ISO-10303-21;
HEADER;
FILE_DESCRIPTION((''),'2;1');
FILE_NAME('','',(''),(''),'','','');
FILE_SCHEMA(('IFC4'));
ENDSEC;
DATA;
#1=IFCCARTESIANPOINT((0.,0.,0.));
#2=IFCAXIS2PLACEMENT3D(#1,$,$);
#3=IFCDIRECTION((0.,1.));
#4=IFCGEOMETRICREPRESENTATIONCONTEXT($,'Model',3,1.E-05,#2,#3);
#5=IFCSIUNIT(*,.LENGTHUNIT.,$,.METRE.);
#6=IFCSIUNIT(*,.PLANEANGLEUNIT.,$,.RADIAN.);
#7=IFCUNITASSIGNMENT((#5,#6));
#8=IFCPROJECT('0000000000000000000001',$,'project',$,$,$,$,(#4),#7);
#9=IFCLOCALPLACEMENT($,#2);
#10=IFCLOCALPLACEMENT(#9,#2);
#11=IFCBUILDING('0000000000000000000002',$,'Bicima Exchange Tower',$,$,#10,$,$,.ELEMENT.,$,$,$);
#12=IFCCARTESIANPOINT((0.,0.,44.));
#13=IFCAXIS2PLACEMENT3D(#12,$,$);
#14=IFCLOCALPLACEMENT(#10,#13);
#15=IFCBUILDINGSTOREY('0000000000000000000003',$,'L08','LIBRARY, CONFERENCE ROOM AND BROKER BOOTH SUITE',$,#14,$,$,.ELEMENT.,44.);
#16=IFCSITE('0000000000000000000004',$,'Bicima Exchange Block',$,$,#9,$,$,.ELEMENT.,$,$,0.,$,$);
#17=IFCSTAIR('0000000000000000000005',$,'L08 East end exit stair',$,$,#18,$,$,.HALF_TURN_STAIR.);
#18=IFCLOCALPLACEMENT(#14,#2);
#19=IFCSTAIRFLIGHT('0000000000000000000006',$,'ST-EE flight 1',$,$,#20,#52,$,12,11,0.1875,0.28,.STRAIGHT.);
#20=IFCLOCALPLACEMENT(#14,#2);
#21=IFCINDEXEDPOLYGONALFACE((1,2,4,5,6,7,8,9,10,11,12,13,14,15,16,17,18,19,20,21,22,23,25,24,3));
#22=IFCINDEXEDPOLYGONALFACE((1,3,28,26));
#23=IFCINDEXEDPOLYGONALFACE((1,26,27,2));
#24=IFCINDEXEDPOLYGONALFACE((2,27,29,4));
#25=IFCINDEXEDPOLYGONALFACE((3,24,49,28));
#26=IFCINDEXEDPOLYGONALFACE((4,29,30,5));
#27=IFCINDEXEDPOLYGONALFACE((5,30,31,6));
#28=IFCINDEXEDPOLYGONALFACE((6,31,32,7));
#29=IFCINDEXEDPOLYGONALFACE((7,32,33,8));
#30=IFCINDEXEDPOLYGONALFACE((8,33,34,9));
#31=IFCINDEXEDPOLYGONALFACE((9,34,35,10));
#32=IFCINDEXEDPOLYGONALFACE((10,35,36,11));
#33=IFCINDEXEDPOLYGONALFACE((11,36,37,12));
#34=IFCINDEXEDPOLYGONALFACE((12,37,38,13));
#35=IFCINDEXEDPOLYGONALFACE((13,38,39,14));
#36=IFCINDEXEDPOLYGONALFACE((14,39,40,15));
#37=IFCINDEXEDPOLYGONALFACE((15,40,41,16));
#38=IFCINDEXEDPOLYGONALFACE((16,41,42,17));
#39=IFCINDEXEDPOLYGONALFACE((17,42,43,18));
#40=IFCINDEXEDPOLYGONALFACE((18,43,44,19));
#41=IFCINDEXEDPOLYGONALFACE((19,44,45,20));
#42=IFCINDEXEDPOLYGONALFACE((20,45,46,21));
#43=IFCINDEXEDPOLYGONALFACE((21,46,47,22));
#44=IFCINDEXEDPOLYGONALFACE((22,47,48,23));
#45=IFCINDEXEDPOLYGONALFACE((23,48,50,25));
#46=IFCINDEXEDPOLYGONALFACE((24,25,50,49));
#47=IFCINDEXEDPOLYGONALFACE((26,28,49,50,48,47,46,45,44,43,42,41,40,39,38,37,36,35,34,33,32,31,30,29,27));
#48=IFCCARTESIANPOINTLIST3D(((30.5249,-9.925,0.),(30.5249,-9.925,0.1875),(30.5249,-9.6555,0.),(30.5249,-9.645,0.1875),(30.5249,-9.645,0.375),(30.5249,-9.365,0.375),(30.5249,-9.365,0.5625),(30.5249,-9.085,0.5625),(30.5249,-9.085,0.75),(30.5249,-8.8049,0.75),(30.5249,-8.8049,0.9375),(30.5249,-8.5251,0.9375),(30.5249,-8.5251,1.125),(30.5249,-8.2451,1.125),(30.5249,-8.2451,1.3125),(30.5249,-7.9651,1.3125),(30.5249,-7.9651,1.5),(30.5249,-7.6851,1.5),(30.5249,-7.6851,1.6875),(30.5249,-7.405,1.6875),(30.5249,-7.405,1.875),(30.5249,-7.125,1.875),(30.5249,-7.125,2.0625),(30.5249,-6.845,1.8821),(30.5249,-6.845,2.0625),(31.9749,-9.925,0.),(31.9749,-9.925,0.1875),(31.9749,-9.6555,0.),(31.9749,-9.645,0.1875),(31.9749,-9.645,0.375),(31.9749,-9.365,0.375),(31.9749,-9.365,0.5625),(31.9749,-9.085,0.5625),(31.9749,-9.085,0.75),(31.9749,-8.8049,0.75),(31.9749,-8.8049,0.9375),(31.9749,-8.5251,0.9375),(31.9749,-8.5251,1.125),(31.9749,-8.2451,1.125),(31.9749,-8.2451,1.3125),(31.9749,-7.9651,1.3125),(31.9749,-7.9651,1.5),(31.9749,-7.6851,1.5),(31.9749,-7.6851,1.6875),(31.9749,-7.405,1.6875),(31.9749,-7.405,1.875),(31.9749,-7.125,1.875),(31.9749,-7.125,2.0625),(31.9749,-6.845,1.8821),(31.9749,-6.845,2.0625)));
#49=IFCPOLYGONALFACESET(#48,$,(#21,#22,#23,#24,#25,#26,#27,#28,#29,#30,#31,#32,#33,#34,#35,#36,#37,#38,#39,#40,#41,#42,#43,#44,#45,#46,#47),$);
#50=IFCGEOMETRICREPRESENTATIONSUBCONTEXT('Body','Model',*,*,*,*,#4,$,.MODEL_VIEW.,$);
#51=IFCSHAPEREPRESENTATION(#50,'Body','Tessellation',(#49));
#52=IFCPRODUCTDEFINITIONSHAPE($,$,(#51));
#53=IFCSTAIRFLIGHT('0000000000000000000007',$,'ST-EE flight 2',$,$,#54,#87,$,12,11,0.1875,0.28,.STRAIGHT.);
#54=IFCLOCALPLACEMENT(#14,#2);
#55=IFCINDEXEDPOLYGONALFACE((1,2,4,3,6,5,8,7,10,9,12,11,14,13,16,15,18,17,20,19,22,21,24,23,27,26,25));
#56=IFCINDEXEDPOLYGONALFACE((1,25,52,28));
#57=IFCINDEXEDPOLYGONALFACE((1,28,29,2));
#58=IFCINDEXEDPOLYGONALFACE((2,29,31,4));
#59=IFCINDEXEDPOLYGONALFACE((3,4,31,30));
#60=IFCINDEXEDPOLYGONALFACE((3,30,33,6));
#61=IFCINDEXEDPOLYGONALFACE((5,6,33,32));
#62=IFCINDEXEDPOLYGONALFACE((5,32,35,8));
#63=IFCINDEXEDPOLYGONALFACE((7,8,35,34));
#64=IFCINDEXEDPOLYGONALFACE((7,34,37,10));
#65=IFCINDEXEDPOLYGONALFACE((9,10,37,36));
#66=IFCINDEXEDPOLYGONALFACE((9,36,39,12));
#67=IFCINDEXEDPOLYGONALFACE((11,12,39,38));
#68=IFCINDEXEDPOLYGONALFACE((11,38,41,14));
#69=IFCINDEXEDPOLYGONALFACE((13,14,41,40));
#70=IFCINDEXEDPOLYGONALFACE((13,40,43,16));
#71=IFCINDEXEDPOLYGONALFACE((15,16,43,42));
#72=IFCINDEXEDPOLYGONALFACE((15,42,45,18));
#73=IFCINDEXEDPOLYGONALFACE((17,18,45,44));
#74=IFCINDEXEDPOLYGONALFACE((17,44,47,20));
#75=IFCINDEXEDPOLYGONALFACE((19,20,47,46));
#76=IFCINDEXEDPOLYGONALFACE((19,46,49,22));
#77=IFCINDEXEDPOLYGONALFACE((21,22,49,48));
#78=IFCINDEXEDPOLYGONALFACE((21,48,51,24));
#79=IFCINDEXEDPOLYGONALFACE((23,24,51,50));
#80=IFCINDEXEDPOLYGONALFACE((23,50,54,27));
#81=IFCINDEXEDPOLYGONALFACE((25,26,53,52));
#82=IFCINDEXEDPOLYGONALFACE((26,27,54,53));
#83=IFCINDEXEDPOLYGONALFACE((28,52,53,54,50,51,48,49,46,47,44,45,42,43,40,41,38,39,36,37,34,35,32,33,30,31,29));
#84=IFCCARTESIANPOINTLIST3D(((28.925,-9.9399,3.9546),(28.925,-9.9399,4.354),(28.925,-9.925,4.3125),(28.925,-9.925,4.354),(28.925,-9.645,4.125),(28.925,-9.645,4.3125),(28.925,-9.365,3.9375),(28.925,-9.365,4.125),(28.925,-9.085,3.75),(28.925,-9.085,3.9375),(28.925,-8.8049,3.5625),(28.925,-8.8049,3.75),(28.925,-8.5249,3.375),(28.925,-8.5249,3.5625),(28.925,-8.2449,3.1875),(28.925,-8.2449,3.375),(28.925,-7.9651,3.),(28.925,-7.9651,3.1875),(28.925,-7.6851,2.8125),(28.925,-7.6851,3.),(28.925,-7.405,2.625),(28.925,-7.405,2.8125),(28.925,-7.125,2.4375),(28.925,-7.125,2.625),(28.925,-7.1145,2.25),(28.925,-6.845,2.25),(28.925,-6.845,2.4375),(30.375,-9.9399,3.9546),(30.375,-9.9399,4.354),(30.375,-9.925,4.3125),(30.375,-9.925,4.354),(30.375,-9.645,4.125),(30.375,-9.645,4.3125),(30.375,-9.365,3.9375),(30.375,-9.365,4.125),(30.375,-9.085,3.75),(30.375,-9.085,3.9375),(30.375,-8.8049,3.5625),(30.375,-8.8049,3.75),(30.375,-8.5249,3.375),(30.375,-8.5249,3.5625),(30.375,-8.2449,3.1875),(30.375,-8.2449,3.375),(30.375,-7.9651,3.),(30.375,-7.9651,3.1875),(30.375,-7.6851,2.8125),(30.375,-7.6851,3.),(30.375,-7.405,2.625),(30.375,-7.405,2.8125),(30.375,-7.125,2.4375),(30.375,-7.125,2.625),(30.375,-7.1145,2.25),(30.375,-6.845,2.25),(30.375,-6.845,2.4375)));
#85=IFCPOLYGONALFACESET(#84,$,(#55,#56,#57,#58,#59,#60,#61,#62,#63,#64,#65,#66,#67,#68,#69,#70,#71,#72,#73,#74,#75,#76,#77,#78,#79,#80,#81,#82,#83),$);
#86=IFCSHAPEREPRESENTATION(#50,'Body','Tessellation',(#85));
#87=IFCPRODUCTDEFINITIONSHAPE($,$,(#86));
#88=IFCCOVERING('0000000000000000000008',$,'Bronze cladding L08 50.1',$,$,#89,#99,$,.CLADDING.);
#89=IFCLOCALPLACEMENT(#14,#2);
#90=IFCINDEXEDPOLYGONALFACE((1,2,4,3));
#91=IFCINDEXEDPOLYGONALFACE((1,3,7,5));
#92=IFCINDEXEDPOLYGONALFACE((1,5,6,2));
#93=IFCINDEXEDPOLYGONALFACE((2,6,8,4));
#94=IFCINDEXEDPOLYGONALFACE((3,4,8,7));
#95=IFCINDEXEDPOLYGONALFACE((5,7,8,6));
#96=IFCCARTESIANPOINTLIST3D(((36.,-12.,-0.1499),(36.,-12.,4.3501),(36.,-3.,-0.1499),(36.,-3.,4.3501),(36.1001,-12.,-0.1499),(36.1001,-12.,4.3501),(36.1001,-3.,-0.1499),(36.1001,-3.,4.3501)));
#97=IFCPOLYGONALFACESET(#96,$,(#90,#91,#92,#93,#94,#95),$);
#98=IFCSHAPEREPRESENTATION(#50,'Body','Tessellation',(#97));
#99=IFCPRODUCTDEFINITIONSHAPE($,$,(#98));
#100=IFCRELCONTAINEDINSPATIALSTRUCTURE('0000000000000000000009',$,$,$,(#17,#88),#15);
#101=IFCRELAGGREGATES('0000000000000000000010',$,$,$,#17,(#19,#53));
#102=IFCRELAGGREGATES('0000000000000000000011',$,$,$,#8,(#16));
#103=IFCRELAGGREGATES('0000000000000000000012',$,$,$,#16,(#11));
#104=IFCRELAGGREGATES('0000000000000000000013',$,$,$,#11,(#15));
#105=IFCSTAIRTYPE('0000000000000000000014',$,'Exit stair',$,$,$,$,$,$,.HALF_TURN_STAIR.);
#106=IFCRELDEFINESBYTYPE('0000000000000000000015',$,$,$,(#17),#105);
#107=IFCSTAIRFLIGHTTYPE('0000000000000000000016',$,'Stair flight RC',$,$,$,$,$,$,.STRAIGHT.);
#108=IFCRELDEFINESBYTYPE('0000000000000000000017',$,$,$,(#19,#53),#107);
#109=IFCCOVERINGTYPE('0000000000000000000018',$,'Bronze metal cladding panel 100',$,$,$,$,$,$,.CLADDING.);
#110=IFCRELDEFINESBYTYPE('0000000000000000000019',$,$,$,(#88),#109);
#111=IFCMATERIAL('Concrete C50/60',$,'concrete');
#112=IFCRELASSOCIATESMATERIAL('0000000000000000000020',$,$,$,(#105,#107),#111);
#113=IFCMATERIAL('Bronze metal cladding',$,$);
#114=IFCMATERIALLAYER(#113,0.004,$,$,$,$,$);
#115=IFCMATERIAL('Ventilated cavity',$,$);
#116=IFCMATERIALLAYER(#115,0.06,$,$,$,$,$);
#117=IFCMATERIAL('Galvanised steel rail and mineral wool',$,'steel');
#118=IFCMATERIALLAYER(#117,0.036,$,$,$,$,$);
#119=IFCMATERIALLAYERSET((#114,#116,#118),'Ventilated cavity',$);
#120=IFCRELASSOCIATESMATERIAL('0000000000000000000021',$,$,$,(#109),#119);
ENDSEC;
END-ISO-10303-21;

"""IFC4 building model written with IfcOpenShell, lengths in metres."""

from ifc_helpers import new_model, si_unit, direction, frame, origin, origin_2d, place, context, subcontext, project, spatial, polyline, rectangle, outline, extrude, material, layer, layer_set, type_object, element, aggregate, save


model = new_model("IFC4")

# Units and contexts
model_context = context("Model", 3, precision=1e-05, world=origin(), true_north=direction((0.0, 1.0)))
body_context = subcontext(model_context, "Body", "Model", "MODEL_VIEW")
ifc_project = project(units=[si_unit("LENGTHUNIT", "METRE"), si_unit("PLANEANGLEUNIT", "RADIAN")], contexts=[model_context])

# Site, building, storey
site_placement = place(None, origin())
site = spatial("IfcSite", under=ifc_project, at=site_placement, Name="Bicima Exchange Block", CompositionType="ELEMENT", RefElevation=0.0)
building_placement = place(site_placement, origin())
building = spatial("IfcBuilding", under=site, at=building_placement, Name="Bicima Exchange Tower", CompositionType="ELEMENT")
storey_placement = place(building_placement, frame((0.0, 0.0, 44.0)))
storey = spatial("IfcBuildingStorey", under=building, at=storey_placement, Name="L08", Description="LIBRARY, CONFERENCE ROOM AND BROKER BOOTH SUITE", CompositionType="ELEMENT", Elevation=44.0)

# Shared definitions
ifc_material_1 = material(Name="Concrete C50/60", Category="concrete")

# Stair, stair flights
stair_type = type_object("IfcStairType", Name="Exit stair", PredefinedType="HALF_TURN_STAIR", material=ifc_material_1)
stair_placement = place(storey_placement, origin())
stair = element("IfcStair", 1, at=stair_placement, inside=storey, type_object=stair_type, Name="L08 East end exit stair", PredefinedType="HALF_TURN_STAIR")
stair_flight_type = type_object("IfcStairFlightType", Name="Stair flight RC", PredefinedType="STRAIGHT", material=ifc_material_1)
stair_flight_1_placement = place(storey_placement, frame((31.25, -9.925, 0.0), z_axis=(0.0, 0.0, 1.0), x_axis=(0.0, 1.0, 0.0)))
stair_flight_1 = element("IfcStairFlight", 2, at=stair_flight_1_placement, type_object=stair_flight_type, Name="ST-EE flight 1", NumberOfRisers=12, NumberOfTreads=11, PredefinedType="STRAIGHT", RiserHeight=0.1875, TreadLength=0.28, context=body_context, shape_type="SweptSolid", body=[
    extrude(outline(polyline([(0.0, 0.0), (0.0, 0.1875), (0.28, 0.1875), (0.28, 0.375), (0.5601, 0.375), (0.5601, 0.5625), (0.8401, 0.5625), (0.8401, 0.75), (1.1201, 0.75), (1.1201, 0.9375), (1.3999, 0.9375), (1.3999, 1.125), (1.6799, 1.125), (1.6799, 1.3125), (1.96, 1.3125), (1.96, 1.5), (2.24, 1.5), (2.24, 1.6875), (2.52, 1.6875), (2.52, 1.875), (2.8, 1.875), (2.8, 2.0625), (3.0801, 2.0625), (3.0801, 2.25), (3.0801, 1.8821), (0.2695, 0.0), (0.0, 0.0)])), frame((0.0, 0.7251, 0.0), z_axis=(0.0, -1.0, 0.0), x_axis=(1.0, 0.0, 0.0)), (0.0, 0.0, 1.0), 1.45),
])
stair_flight_2_placement = place(storey_placement, frame((29.6499, -6.845, 2.25), z_axis=(0.0, 0.0, 1.0), x_axis=(0.0, -1.0, 0.0)))
stair_flight_2 = element("IfcStairFlight", 3, at=stair_flight_2_placement, type_object=stair_flight_type, Name="ST-EE flight 2", NumberOfRisers=12, NumberOfTreads=11, PredefinedType="STRAIGHT", RiserHeight=0.1875, TreadLength=0.28, context=body_context, shape_type="SweptSolid", body=[
    extrude(outline(polyline([(0.0, 0.0), (0.0, 0.1875), (0.28, 0.1875), (0.28, 0.375), (0.5601, 0.375), (0.5601, 0.5625), (0.8401, 0.5625), (0.8401, 0.75), (1.1201, 0.75), (1.1201, 0.9375), (1.3999, 0.9375), (1.3999, 1.125), (1.6799, 1.125), (1.6799, 1.3125), (1.96, 1.3125), (1.96, 1.5), (2.24, 1.5), (2.24, 1.6875), (2.52, 1.6875), (2.52, 1.875), (2.8, 1.875), (2.8, 2.0625), (3.0801, 2.0625), (3.0801, 2.104), (3.095, 2.104), (3.095, 1.7046), (0.2695, 0.0), (0.0, 0.0)])), frame((0.0, 0.7251, 0.0), z_axis=(0.0, -1.0, 0.0), x_axis=(1.0, 0.0, 0.0)), (0.0, 0.0, 1.0), 1.45),
])
aggregate(stair, [stair_flight_1, stair_flight_2])

# Covering
ifc_material_2 = material(Name="Bronze metal cladding")
ifc_layer_1 = layer(ifc_material_2, 0.004)
ifc_material_3 = material(Name="Ventilated cavity")
ifc_layer_2 = layer(ifc_material_3, 0.06)
ifc_material_4 = material(Name="Galvanised steel rail and mineral wool", Category="steel")
ifc_layer_3 = layer(ifc_material_4, 0.036)
ifc_layer_set_1 = layer_set([ifc_layer_1, ifc_layer_2, ifc_layer_3], Name="Ventilated cavity")
covering_type = type_object("IfcCoveringType", Name="Bronze metal cladding panel 100", PredefinedType="CLADDING", material=ifc_layer_set_1)
covering_placement = place(storey_placement, frame((36.05, -7.5, -0.1499), z_axis=(0.0, 0.0, 1.0), x_axis=(0.0, 1.0, 0.0)))
element("IfcCovering", 4, at=covering_placement, inside=storey, type_object=covering_type, Name="Bronze cladding L08 50.1", PredefinedType="CLADDING", context=body_context, shape_type="SweptSolid", body=[
    extrude(rectangle(XDim=9.0, YDim=0.1001, at=origin_2d()), origin(), (0.0, 0.0, 1.0), 4.5),
])

save(model, "model.ifc")
